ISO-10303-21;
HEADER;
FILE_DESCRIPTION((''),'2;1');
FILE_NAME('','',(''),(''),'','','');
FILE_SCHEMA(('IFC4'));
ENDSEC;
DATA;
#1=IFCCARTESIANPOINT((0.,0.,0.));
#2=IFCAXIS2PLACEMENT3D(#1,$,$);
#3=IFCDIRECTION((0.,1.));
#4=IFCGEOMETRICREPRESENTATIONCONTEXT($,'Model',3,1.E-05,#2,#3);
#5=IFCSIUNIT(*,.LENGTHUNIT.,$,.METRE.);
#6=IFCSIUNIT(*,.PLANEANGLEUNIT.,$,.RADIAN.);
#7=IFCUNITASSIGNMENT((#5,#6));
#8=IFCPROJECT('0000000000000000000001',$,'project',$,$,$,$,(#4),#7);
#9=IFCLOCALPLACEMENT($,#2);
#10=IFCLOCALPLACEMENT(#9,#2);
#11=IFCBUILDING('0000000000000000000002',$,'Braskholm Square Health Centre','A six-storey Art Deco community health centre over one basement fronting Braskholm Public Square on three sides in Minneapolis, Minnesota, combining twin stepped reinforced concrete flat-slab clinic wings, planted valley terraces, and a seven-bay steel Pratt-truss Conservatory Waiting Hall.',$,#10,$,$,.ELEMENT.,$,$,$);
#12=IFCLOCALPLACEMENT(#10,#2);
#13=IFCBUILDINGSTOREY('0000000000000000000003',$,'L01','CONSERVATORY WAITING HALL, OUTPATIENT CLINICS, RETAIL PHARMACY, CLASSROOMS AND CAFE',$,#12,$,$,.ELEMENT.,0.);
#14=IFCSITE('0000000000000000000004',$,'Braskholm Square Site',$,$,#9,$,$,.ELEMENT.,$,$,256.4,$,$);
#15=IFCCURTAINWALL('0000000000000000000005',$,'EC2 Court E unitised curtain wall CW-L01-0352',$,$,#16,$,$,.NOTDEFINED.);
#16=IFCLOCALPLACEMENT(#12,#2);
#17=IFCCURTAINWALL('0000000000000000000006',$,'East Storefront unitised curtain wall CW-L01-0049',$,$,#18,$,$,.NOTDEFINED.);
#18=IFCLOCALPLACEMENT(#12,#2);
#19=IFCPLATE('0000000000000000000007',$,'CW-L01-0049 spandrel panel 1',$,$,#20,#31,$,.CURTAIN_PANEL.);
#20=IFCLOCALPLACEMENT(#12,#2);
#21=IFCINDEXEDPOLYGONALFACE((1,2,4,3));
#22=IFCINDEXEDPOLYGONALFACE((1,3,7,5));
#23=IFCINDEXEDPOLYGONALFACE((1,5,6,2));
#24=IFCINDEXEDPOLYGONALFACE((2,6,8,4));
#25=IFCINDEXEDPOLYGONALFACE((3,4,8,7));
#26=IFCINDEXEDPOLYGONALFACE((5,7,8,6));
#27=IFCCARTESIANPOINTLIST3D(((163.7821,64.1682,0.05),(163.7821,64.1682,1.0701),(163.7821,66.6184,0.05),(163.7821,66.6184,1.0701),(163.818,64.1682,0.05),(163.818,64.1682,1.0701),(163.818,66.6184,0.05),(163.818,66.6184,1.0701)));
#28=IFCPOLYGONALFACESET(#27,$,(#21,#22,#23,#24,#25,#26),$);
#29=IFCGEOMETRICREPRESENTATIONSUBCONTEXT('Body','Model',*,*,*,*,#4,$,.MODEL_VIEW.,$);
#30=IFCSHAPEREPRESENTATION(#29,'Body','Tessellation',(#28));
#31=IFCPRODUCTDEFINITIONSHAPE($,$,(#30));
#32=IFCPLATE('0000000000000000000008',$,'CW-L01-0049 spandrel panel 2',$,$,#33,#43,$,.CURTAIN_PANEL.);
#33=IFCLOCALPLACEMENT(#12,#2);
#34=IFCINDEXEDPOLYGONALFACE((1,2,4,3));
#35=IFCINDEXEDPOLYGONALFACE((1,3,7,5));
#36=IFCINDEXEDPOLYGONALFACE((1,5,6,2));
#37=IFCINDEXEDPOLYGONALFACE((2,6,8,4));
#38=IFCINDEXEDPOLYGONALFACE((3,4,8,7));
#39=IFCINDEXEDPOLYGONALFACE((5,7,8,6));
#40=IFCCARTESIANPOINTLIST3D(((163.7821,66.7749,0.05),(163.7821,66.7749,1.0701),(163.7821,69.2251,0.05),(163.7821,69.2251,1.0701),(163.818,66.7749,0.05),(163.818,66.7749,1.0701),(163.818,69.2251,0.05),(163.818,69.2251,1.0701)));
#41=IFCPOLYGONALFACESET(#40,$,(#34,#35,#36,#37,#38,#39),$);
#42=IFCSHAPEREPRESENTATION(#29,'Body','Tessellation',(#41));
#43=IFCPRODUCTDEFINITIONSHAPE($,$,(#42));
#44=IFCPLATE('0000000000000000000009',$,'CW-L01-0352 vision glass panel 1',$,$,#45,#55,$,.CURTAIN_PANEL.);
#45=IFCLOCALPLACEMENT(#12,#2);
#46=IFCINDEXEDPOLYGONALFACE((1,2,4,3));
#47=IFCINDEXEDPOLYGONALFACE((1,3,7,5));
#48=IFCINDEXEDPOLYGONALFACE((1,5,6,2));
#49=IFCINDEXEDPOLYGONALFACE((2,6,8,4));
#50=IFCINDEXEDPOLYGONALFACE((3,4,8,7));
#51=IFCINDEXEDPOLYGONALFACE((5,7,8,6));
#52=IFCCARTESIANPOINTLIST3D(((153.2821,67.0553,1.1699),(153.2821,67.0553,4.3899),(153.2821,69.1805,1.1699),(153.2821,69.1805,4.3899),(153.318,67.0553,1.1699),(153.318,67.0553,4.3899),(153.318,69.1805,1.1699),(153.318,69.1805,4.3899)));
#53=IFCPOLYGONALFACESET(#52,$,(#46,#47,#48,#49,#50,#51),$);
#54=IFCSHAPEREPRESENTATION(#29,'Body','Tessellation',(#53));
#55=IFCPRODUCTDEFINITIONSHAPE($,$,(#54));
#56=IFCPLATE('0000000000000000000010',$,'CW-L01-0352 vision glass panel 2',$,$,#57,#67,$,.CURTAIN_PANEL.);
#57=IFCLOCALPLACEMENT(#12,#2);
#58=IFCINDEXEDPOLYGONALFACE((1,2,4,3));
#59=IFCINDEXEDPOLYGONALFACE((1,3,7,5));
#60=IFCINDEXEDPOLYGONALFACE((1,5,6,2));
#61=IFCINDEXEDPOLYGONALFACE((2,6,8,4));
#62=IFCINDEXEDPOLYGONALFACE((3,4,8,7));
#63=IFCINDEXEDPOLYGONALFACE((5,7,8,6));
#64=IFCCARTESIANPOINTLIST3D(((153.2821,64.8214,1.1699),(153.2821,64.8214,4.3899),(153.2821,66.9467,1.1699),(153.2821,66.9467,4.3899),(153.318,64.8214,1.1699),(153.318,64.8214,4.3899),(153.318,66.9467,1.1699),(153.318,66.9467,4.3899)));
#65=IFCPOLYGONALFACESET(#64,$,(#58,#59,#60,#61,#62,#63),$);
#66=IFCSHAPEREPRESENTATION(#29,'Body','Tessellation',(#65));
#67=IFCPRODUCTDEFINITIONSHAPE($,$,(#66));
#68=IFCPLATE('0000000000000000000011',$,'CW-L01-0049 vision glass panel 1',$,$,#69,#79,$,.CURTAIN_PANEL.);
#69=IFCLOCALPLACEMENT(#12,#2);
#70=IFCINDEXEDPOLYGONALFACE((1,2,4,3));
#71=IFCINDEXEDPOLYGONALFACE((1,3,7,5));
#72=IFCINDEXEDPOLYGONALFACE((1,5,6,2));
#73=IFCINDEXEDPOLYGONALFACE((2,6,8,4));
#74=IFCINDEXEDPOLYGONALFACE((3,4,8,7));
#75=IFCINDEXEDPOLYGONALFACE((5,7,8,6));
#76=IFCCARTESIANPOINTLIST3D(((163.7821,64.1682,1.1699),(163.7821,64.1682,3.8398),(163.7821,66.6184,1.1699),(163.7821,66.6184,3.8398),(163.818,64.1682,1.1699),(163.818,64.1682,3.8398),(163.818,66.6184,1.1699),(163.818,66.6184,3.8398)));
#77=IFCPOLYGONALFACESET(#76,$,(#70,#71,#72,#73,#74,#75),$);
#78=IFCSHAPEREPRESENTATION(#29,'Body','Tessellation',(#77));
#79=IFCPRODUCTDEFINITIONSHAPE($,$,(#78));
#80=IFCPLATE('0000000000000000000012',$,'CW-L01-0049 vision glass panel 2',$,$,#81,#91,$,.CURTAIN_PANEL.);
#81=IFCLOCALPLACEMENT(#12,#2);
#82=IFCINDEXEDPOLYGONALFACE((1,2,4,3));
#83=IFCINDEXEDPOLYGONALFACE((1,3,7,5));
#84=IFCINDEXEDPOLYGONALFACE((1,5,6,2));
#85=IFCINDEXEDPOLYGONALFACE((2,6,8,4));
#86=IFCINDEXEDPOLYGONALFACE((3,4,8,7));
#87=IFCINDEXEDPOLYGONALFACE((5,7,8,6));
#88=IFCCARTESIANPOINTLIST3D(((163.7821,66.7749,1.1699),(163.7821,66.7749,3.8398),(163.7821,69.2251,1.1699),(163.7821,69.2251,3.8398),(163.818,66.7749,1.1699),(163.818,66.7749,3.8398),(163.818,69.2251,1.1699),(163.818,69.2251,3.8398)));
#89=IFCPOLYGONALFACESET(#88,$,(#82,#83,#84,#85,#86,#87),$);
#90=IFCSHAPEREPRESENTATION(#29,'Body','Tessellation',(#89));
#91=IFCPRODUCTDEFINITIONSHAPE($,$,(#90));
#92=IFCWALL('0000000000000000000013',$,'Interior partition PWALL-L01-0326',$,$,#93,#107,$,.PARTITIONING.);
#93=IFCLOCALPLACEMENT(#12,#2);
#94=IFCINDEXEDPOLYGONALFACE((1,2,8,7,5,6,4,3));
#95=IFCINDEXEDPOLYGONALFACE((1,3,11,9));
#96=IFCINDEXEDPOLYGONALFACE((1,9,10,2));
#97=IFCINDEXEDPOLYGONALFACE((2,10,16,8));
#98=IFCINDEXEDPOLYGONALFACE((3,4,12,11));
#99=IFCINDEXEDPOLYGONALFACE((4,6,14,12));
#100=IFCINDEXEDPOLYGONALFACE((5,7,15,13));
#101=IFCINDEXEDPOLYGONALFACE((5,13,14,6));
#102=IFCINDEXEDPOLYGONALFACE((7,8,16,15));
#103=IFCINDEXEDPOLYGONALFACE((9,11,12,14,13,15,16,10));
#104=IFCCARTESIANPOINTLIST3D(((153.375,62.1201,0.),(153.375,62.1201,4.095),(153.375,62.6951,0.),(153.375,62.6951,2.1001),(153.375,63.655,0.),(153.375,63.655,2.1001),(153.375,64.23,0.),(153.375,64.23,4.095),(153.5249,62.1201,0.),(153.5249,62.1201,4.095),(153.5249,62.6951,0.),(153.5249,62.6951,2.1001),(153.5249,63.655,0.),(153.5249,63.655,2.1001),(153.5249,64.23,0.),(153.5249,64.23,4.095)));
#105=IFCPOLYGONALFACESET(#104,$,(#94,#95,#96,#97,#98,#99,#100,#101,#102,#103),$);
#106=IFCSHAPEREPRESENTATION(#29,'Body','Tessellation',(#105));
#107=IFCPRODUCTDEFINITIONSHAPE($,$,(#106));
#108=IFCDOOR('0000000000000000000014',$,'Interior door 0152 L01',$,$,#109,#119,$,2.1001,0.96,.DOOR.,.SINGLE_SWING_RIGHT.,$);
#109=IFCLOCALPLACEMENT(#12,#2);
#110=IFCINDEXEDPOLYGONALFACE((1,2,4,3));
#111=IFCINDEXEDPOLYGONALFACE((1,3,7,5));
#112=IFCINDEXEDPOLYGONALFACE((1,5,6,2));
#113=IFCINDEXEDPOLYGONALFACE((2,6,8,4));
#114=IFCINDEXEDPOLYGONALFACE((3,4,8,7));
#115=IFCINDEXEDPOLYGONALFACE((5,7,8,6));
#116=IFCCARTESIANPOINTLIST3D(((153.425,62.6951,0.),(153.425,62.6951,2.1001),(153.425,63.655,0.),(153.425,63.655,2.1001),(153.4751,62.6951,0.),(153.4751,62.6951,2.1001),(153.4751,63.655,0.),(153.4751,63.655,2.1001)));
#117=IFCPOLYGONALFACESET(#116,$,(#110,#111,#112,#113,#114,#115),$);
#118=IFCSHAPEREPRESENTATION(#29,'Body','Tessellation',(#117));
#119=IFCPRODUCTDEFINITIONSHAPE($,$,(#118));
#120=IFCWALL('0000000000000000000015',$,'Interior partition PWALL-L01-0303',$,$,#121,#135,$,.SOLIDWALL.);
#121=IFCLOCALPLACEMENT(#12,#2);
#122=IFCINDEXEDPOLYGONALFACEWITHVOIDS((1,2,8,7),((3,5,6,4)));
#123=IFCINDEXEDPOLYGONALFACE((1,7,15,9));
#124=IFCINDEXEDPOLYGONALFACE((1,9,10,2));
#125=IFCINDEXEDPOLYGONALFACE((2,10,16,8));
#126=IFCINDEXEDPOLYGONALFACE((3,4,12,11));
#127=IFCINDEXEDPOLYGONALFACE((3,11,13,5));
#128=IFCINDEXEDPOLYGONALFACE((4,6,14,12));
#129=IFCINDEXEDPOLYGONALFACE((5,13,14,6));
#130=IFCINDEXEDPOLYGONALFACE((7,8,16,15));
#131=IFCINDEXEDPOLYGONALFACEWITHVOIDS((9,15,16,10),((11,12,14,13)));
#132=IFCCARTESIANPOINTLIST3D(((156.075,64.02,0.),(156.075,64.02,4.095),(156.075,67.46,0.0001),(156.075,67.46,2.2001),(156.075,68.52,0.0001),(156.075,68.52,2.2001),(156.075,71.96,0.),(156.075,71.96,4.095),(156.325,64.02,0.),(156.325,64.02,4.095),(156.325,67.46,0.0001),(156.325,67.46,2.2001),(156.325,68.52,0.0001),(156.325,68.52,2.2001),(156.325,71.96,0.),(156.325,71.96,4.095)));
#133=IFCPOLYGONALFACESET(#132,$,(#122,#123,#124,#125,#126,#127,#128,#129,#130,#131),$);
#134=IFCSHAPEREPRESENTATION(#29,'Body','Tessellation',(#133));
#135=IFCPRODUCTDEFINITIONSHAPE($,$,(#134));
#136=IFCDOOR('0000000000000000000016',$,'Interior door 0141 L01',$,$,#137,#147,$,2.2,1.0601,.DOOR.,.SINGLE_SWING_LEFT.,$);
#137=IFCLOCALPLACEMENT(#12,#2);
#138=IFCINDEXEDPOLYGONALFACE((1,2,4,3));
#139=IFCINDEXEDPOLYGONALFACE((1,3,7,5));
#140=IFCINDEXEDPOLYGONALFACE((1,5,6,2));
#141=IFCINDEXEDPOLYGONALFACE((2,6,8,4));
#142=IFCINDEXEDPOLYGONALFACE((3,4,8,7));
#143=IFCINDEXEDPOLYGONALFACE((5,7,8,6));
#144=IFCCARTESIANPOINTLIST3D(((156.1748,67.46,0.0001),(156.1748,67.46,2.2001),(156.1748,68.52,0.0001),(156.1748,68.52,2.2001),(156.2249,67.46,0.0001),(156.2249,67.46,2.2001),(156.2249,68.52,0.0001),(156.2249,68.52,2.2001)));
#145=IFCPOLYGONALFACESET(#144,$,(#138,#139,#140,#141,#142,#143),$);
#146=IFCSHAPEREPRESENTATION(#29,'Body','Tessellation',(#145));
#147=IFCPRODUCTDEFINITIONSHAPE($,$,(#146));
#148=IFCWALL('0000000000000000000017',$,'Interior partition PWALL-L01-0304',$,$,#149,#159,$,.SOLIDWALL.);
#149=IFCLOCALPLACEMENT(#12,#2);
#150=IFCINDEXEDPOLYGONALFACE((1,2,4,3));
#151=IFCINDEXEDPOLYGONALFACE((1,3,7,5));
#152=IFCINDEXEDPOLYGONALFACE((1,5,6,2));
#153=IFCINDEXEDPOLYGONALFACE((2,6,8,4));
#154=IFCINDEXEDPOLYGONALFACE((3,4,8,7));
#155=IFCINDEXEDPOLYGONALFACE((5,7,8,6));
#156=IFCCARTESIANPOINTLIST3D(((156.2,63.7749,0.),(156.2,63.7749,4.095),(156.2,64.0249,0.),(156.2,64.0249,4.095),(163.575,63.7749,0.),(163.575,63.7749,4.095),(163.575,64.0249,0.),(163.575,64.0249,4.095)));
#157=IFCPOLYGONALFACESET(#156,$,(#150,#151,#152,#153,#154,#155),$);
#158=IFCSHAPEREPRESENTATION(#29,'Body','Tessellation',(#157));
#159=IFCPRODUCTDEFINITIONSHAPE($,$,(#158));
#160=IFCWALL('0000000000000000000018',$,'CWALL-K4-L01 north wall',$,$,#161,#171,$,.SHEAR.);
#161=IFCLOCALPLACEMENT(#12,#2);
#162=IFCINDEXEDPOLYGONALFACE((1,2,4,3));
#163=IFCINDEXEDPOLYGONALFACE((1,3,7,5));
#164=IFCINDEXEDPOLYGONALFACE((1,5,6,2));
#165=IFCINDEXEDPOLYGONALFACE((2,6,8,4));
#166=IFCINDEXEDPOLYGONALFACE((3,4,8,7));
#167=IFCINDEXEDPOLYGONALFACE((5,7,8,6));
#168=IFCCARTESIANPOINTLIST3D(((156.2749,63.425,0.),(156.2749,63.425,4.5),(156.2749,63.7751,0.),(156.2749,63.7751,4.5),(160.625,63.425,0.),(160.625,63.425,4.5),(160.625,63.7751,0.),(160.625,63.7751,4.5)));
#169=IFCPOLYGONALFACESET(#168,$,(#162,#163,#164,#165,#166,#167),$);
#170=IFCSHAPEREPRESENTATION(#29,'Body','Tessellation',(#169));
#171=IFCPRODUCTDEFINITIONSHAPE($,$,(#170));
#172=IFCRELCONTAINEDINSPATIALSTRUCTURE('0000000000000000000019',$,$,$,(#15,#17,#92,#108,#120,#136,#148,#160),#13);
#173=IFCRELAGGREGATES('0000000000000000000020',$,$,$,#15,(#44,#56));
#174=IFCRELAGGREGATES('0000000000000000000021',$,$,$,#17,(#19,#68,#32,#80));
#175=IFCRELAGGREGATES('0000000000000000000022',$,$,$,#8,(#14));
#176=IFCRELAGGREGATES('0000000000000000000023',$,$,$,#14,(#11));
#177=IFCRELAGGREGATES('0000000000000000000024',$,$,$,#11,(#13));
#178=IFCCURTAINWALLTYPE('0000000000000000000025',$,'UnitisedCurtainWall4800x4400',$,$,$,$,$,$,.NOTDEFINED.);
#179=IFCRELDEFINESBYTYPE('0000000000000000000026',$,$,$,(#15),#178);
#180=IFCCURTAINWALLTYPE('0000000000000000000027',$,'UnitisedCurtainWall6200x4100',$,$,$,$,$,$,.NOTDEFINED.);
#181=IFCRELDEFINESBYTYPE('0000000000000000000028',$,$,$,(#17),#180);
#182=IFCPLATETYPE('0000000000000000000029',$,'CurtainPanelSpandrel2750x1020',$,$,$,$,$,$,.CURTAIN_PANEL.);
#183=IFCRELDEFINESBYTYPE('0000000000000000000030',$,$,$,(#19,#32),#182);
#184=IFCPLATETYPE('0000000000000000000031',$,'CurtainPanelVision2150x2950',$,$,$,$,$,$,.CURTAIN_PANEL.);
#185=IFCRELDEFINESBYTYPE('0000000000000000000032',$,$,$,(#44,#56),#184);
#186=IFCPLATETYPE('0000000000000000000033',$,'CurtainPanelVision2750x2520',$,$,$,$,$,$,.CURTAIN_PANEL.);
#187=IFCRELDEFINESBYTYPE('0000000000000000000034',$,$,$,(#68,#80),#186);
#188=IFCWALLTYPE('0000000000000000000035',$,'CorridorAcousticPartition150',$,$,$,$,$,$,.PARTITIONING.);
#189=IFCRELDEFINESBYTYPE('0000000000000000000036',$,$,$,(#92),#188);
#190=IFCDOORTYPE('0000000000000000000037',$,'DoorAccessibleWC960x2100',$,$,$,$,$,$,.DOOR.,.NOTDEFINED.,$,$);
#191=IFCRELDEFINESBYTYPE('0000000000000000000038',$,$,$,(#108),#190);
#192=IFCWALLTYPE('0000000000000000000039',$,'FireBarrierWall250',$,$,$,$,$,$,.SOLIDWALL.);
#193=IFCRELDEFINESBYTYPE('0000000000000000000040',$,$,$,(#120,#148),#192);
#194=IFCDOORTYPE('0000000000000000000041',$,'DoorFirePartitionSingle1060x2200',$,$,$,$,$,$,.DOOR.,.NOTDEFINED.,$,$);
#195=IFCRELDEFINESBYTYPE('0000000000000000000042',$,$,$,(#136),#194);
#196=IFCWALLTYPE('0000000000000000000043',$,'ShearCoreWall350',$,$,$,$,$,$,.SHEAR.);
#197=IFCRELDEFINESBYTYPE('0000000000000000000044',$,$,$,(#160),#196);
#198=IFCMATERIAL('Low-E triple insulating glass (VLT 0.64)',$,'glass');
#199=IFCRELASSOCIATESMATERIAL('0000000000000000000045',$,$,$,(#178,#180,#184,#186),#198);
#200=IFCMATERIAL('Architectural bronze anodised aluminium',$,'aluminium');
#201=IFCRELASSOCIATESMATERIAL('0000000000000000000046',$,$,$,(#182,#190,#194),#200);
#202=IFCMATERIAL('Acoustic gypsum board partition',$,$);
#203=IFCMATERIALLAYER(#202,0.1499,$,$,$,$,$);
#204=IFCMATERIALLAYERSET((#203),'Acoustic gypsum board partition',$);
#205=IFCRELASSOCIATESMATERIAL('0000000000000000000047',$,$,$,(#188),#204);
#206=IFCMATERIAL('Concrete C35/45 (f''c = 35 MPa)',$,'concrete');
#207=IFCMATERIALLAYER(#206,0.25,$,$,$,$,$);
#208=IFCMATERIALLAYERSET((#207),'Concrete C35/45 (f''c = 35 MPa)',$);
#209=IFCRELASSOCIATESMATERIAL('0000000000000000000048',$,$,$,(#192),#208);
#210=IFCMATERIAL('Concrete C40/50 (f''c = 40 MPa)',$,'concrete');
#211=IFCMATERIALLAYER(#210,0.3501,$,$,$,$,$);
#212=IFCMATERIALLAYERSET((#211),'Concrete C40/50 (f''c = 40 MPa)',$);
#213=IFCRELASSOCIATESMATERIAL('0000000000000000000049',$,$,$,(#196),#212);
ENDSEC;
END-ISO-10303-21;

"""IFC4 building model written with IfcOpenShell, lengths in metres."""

from ifc_helpers import new_model, si_unit, direction, frame, frame_2d, origin, origin_with_axes, origin_2d, place, context, subcontext, project, spatial, rectangle, extrude, material, layer, layer_set, type_object, element, fill, aggregate, save


model = new_model("IFC4")

# Units and contexts
model_context = context("Model", 3, precision=1e-05, world=origin(), true_north=direction((0.0, 1.0)))
body_context = subcontext(model_context, "Body", "Model", "MODEL_VIEW")
ifc_project = project(units=[si_unit("LENGTHUNIT", "METRE"), si_unit("PLANEANGLEUNIT", "RADIAN")], contexts=[model_context])

# Site, building, storey
site_placement = place(None, origin())
site = spatial("IfcSite", under=ifc_project, at=site_placement, Name="Braskholm Square Site", CompositionType="ELEMENT", RefElevation=256.4)
building_placement = place(site_placement, origin())
building = spatial("IfcBuilding", under=site, at=building_placement, Name="Braskholm Square Health Centre", Description="A six-storey Art Deco community health centre over one basement fronting Braskholm Public Square on three sides in Minneapolis, Minnesota, combining twin stepped reinforced concrete flat-slab clinic wings, planted valley terraces, and a seven-bay steel Pratt-truss Conservatory Waiting Hall.", CompositionType="ELEMENT")
storey_placement = place(building_placement, origin())
storey = spatial("IfcBuildingStorey", under=building, at=storey_placement, Name="L01", Description="CONSERVATORY WAITING HALL, OUTPATIENT CLINICS, RETAIL PHARMACY, CLASSROOMS AND CAFE", CompositionType="ELEMENT", Elevation=0.0)

# Curtain walls
ifc_material_1 = material(Name="Low-E triple insulating glass (VLT 0.64)", Category="glass")
curtain_wall_type_1 = type_object("IfcCurtainWallType", Name="UnitisedCurtainWall4800x4400", PredefinedType="NOTDEFINED", material=ifc_material_1)
curtain_wall_1_placement = place(storey_placement, origin())
curtain_wall_1 = element("IfcCurtainWall", 1, at=curtain_wall_1_placement, inside=storey, type_object=curtain_wall_type_1, Name="EC2 Court E unitised curtain wall CW-L01-0352", PredefinedType="NOTDEFINED")
ifc_material_2 = material(Name="Architectural bronze anodised aluminium", Category="aluminium")
curtain_wall_type_2 = type_object("IfcCurtainWallType", Name="UnitisedCurtainWall6200x4100", PredefinedType="NOTDEFINED", material=ifc_material_1)
curtain_wall_2_placement = place(storey_placement, origin())
curtain_wall_2 = element("IfcCurtainWall", 2, at=curtain_wall_2_placement, inside=storey, type_object=curtain_wall_type_2, Name="East Storefront unitised curtain wall CW-L01-0049", PredefinedType="NOTDEFINED")

# Shared definitions
ifc_material_3 = material(Name="Concrete C40/50 (f'c = 40 MPa)", Category="concrete")

# Plates
plate_type_1 = type_object("IfcPlateType", Name="CurtainPanelSpandrel2750x1020", PredefinedType="CURTAIN_PANEL", material=ifc_material_2)
plate_1_placement = place(storey_placement, frame((163.8, 65.3933, 0.05), z_axis=(0.0, 0.0, 1.0), x_axis=(0.0, 1.0, 0.0)))
plate_1 = element("IfcPlate", 3, at=plate_1_placement, type_object=plate_type_1, Name="CW-L01-0049 spandrel panel 1", PredefinedType="CURTAIN_PANEL", context=body_context, shape_type="SweptSolid", body=[
    extrude(rectangle(XDim=2.4502, YDim=0.0359, at=origin_2d()), origin(), (0.0, 0.0, 1.0), 1.02),
])
plate_2_placement = place(storey_placement, frame((163.8, 68.0, 0.05), z_axis=(0.0, 0.0, 1.0), x_axis=(0.0, 1.0, 0.0)))
plate_2 = element("IfcPlate", 4, at=plate_2_placement, type_object=plate_type_1, Name="CW-L01-0049 spandrel panel 2", PredefinedType="CURTAIN_PANEL", context=body_context, shape_type="SweptSolid", body=[
    extrude(rectangle(XDim=2.4502, YDim=0.0359, at=origin_2d()), origin(), (0.0, 0.0, 1.0), 1.02),
])
plate_type_2 = type_object("IfcPlateType", Name="CurtainPanelVision2150x2950", PredefinedType="CURTAIN_PANEL", material=ifc_material_1)
plate_3_placement = place(storey_placement, frame((153.3, 68.1179, 1.1699), z_axis=(0.0, 0.0, 1.0), x_axis=(0.0, -1.0, 0.0)))
plate_3 = element("IfcPlate", 5, at=plate_3_placement, type_object=plate_type_2, Name="CW-L01-0352 vision glass panel 1", PredefinedType="CURTAIN_PANEL", context=body_context, shape_type="SweptSolid", body=[
    extrude(rectangle(XDim=2.1252, YDim=0.0359, at=origin_2d()), origin(), (0.0, 0.0, 1.0), 3.22),
])
plate_4_placement = place(storey_placement, frame((153.3, 65.884, 1.1699), z_axis=(0.0, 0.0, 1.0), x_axis=(0.0, -1.0, 0.0)))
plate_4 = element("IfcPlate", 6, at=plate_4_placement, type_object=plate_type_2, Name="CW-L01-0352 vision glass panel 2", PredefinedType="CURTAIN_PANEL", context=body_context, shape_type="SweptSolid", body=[
    extrude(rectangle(XDim=2.1252, YDim=0.0359, at=origin_2d()), origin(), (0.0, 0.0, 1.0), 3.22),
])
aggregate(curtain_wall_1, [plate_3, plate_4])
plate_type_3 = type_object("IfcPlateType", Name="CurtainPanelVision2750x2520", PredefinedType="CURTAIN_PANEL", material=ifc_material_1)
plate_5_placement = place(storey_placement, frame((163.8, 65.3933, 1.1699), z_axis=(0.0, 0.0, 1.0), x_axis=(0.0, 1.0, 0.0)))
plate_5 = element("IfcPlate", 7, at=plate_5_placement, type_object=plate_type_3, Name="CW-L01-0049 vision glass panel 1", PredefinedType="CURTAIN_PANEL", context=body_context, shape_type="SweptSolid", body=[
    extrude(rectangle(XDim=2.4502, YDim=0.0359, at=origin_2d()), origin(), (0.0, 0.0, 1.0), 2.6699),
])
plate_6_placement = place(storey_placement, frame((163.8, 68.0, 1.1699), z_axis=(0.0, 0.0, 1.0), x_axis=(0.0, 1.0, 0.0)))
plate_6 = element("IfcPlate", 8, at=plate_6_placement, type_object=plate_type_3, Name="CW-L01-0049 vision glass panel 2", PredefinedType="CURTAIN_PANEL", context=body_context, shape_type="SweptSolid", body=[
    extrude(rectangle(XDim=2.4502, YDim=0.0359, at=origin_2d()), origin(), (0.0, 0.0, 1.0), 2.6699),
])
aggregate(curtain_wall_2, [plate_1, plate_5, plate_2, plate_6])

# Walls, openings, doors
ifc_material_4 = material(Name="Acoustic gypsum board partition")
ifc_layer_1 = layer(ifc_material_4, 0.1499)
ifc_layer_set_1 = layer_set([ifc_layer_1], Name="Acoustic gypsum board partition")
wall_type_1 = type_object("IfcWallType", Name="CorridorAcousticPartition150", PredefinedType="PARTITIONING", material=ifc_layer_set_1)
wall_1_placement = place(storey_placement, frame((153.45, 62.1201, 0.0), z_axis=(0.0, 0.0, 1.0), x_axis=(0.0, 1.0, 0.0)))
wall_1 = element("IfcWall", 9, at=wall_1_placement, inside=storey, type_object=wall_type_1, Name="Interior partition PWALL-L01-0326", PredefinedType="PARTITIONING", context=body_context, shape_type="SweptSolid", body=[
    extrude(rectangle(XDim=2.1099, YDim=0.1499, at=frame_2d((1.0549, 0.0))), origin(), (0.0, 0.0, 1.0), 4.095),
])
opening_1_placement = place(wall_1_placement, frame((0.575, 0.0, 0.0)))
opening_1 = element("IfcOpeningElement", 10, at=opening_1_placement, cuts=wall_1, PredefinedType="OPENING", context=body_context, shape_type="SweptSolid", body=[
    extrude(rectangle(XDim=0.96, YDim=2.1001, at=frame_2d((0.48, 1.05))), frame((0.0, 0.085, 0.0), z_axis=(0.0, -1.0, 0.0), x_axis=(1.0, 0.0, 0.0)), (0.0, 0.0, 1.0), 0.1699),
])
door_type_1 = type_object("IfcDoorType", Name="DoorAccessibleWC960x2100", OperationType="NOTDEFINED", PredefinedType="DOOR", material=ifc_material_2)
door_1_placement = place(opening_1_placement, origin_with_axes())
door_1 = element("IfcDoor", 11, at=door_1_placement, inside=storey, type_object=door_type_1, Name="Interior door 0152 L01", OperationType="SINGLE_SWING_RIGHT", OverallHeight=2.1001, OverallWidth=0.96, PredefinedType="DOOR", context=body_context, shape_type="SweptSolid", body=[
    extrude(rectangle(XDim=0.96, YDim=2.1001, at=frame_2d((0.48, 1.05))), frame((0.0, 0.0249, 0.0), z_axis=(0.0, -1.0, 0.0), x_axis=(1.0, 0.0, 0.0)), (0.0, 0.0, 1.0), 0.05),
])
fill(opening_1, door_1)
ifc_material_5 = material(Name="Concrete C35/45 (f'c = 35 MPa)", Category="concrete")
ifc_layer_2 = layer(ifc_material_5, 0.25)
ifc_layer_set_2 = layer_set([ifc_layer_2], Name="Concrete C35/45 (f'c = 35 MPa)")
wall_type_2 = type_object("IfcWallType", Name="FireBarrierWall250", PredefinedType="SOLIDWALL", material=ifc_layer_set_2)
wall_2_placement = place(storey_placement, frame((156.2, 64.02, 0.0), z_axis=(0.0, 0.0, 1.0), x_axis=(0.0, 1.0, 0.0)))
wall_2 = element("IfcWall", 12, at=wall_2_placement, inside=storey, type_object=wall_type_2, Name="Interior partition PWALL-L01-0303", PredefinedType="SOLIDWALL", context=body_context, shape_type="SweptSolid", body=[
    extrude(rectangle(XDim=7.9399, YDim=0.25, at=frame_2d((3.97, 0.0))), origin(), (0.0, 0.0, 1.0), 4.095),
])
opening_2_placement = place(wall_2_placement, frame((3.4399, 0.0, 0.0)))
opening_2 = element("IfcOpeningElement", 13, at=opening_2_placement, cuts=wall_2, PredefinedType="OPENING", context=body_context, shape_type="SweptSolid", body=[
    extrude(rectangle(XDim=1.0601, YDim=2.2, at=frame_2d((0.53, 1.1001))), frame((0.0, 0.135, 0.0), z_axis=(0.0, -1.0, 0.0), x_axis=(1.0, 0.0, 0.0)), (0.0, 0.0, 1.0), 0.27),
])
door_type_2 = type_object("IfcDoorType", Name="DoorFirePartitionSingle1060x2200", OperationType="NOTDEFINED", PredefinedType="DOOR", material=ifc_material_2)
door_2_placement = place(opening_2_placement, frame((1.0601, 0.0, 0.0), z_axis=(0.0, 0.0, 1.0), x_axis=(-1.0, 0.0, 0.0)))
door_2 = element("IfcDoor", 14, at=door_2_placement, inside=storey, type_object=door_type_2, Name="Interior door 0141 L01", OperationType="SINGLE_SWING_LEFT", OverallHeight=2.2, OverallWidth=1.0601, PredefinedType="DOOR", context=body_context, shape_type="SweptSolid", body=[
    extrude(rectangle(XDim=1.0601, YDim=2.2, at=frame_2d((0.53, 1.1001))), frame((0.0, 0.0249, 0.0), z_axis=(0.0, -1.0, 0.0), x_axis=(1.0, 0.0, 0.0)), (0.0, 0.0, 1.0), 0.05),
])
fill(opening_2, door_2)

# Walls
wall_3_placement = place(storey_placement, frame((156.2, 63.8999, 0.0), z_axis=(0.0, 0.0, 1.0), x_axis=(1.0, 0.0, 0.0)))
element("IfcWall", 15, at=wall_3_placement, inside=storey, type_object=wall_type_2, Name="Interior partition PWALL-L01-0304", PredefinedType="SOLIDWALL", context=body_context, shape_type="SweptSolid", body=[
    extrude(rectangle(XDim=7.375, YDim=0.25, at=frame_2d((3.6875, 0.0))), origin(), (0.0, 0.0, 1.0), 4.095),
])
ifc_layer_3 = layer(ifc_material_3, 0.3501)
ifc_layer_set_3 = layer_set([ifc_layer_3], Name="Concrete C40/50 (f'c = 40 MPa)")
wall_type_3 = type_object("IfcWallType", Name="ShearCoreWall350", PredefinedType="SHEAR", material=ifc_layer_set_3)
wall_4_placement = place(storey_placement, frame((160.625, 63.6001, 0.0), z_axis=(0.0, 0.0, 1.0), x_axis=(-1.0, 0.0, 0.0)))
element("IfcWall", 16, at=wall_4_placement, inside=storey, type_object=wall_type_3, Name="CWALL-K4-L01 north wall", PredefinedType="SHEAR", context=body_context, shape_type="SweptSolid", body=[
    extrude(rectangle(XDim=4.3501, YDim=0.3501, at=frame_2d((2.175, 0.0))), origin(), (0.0, 0.0, 1.0), 4.5),
])

save(model, "model.ifc")
